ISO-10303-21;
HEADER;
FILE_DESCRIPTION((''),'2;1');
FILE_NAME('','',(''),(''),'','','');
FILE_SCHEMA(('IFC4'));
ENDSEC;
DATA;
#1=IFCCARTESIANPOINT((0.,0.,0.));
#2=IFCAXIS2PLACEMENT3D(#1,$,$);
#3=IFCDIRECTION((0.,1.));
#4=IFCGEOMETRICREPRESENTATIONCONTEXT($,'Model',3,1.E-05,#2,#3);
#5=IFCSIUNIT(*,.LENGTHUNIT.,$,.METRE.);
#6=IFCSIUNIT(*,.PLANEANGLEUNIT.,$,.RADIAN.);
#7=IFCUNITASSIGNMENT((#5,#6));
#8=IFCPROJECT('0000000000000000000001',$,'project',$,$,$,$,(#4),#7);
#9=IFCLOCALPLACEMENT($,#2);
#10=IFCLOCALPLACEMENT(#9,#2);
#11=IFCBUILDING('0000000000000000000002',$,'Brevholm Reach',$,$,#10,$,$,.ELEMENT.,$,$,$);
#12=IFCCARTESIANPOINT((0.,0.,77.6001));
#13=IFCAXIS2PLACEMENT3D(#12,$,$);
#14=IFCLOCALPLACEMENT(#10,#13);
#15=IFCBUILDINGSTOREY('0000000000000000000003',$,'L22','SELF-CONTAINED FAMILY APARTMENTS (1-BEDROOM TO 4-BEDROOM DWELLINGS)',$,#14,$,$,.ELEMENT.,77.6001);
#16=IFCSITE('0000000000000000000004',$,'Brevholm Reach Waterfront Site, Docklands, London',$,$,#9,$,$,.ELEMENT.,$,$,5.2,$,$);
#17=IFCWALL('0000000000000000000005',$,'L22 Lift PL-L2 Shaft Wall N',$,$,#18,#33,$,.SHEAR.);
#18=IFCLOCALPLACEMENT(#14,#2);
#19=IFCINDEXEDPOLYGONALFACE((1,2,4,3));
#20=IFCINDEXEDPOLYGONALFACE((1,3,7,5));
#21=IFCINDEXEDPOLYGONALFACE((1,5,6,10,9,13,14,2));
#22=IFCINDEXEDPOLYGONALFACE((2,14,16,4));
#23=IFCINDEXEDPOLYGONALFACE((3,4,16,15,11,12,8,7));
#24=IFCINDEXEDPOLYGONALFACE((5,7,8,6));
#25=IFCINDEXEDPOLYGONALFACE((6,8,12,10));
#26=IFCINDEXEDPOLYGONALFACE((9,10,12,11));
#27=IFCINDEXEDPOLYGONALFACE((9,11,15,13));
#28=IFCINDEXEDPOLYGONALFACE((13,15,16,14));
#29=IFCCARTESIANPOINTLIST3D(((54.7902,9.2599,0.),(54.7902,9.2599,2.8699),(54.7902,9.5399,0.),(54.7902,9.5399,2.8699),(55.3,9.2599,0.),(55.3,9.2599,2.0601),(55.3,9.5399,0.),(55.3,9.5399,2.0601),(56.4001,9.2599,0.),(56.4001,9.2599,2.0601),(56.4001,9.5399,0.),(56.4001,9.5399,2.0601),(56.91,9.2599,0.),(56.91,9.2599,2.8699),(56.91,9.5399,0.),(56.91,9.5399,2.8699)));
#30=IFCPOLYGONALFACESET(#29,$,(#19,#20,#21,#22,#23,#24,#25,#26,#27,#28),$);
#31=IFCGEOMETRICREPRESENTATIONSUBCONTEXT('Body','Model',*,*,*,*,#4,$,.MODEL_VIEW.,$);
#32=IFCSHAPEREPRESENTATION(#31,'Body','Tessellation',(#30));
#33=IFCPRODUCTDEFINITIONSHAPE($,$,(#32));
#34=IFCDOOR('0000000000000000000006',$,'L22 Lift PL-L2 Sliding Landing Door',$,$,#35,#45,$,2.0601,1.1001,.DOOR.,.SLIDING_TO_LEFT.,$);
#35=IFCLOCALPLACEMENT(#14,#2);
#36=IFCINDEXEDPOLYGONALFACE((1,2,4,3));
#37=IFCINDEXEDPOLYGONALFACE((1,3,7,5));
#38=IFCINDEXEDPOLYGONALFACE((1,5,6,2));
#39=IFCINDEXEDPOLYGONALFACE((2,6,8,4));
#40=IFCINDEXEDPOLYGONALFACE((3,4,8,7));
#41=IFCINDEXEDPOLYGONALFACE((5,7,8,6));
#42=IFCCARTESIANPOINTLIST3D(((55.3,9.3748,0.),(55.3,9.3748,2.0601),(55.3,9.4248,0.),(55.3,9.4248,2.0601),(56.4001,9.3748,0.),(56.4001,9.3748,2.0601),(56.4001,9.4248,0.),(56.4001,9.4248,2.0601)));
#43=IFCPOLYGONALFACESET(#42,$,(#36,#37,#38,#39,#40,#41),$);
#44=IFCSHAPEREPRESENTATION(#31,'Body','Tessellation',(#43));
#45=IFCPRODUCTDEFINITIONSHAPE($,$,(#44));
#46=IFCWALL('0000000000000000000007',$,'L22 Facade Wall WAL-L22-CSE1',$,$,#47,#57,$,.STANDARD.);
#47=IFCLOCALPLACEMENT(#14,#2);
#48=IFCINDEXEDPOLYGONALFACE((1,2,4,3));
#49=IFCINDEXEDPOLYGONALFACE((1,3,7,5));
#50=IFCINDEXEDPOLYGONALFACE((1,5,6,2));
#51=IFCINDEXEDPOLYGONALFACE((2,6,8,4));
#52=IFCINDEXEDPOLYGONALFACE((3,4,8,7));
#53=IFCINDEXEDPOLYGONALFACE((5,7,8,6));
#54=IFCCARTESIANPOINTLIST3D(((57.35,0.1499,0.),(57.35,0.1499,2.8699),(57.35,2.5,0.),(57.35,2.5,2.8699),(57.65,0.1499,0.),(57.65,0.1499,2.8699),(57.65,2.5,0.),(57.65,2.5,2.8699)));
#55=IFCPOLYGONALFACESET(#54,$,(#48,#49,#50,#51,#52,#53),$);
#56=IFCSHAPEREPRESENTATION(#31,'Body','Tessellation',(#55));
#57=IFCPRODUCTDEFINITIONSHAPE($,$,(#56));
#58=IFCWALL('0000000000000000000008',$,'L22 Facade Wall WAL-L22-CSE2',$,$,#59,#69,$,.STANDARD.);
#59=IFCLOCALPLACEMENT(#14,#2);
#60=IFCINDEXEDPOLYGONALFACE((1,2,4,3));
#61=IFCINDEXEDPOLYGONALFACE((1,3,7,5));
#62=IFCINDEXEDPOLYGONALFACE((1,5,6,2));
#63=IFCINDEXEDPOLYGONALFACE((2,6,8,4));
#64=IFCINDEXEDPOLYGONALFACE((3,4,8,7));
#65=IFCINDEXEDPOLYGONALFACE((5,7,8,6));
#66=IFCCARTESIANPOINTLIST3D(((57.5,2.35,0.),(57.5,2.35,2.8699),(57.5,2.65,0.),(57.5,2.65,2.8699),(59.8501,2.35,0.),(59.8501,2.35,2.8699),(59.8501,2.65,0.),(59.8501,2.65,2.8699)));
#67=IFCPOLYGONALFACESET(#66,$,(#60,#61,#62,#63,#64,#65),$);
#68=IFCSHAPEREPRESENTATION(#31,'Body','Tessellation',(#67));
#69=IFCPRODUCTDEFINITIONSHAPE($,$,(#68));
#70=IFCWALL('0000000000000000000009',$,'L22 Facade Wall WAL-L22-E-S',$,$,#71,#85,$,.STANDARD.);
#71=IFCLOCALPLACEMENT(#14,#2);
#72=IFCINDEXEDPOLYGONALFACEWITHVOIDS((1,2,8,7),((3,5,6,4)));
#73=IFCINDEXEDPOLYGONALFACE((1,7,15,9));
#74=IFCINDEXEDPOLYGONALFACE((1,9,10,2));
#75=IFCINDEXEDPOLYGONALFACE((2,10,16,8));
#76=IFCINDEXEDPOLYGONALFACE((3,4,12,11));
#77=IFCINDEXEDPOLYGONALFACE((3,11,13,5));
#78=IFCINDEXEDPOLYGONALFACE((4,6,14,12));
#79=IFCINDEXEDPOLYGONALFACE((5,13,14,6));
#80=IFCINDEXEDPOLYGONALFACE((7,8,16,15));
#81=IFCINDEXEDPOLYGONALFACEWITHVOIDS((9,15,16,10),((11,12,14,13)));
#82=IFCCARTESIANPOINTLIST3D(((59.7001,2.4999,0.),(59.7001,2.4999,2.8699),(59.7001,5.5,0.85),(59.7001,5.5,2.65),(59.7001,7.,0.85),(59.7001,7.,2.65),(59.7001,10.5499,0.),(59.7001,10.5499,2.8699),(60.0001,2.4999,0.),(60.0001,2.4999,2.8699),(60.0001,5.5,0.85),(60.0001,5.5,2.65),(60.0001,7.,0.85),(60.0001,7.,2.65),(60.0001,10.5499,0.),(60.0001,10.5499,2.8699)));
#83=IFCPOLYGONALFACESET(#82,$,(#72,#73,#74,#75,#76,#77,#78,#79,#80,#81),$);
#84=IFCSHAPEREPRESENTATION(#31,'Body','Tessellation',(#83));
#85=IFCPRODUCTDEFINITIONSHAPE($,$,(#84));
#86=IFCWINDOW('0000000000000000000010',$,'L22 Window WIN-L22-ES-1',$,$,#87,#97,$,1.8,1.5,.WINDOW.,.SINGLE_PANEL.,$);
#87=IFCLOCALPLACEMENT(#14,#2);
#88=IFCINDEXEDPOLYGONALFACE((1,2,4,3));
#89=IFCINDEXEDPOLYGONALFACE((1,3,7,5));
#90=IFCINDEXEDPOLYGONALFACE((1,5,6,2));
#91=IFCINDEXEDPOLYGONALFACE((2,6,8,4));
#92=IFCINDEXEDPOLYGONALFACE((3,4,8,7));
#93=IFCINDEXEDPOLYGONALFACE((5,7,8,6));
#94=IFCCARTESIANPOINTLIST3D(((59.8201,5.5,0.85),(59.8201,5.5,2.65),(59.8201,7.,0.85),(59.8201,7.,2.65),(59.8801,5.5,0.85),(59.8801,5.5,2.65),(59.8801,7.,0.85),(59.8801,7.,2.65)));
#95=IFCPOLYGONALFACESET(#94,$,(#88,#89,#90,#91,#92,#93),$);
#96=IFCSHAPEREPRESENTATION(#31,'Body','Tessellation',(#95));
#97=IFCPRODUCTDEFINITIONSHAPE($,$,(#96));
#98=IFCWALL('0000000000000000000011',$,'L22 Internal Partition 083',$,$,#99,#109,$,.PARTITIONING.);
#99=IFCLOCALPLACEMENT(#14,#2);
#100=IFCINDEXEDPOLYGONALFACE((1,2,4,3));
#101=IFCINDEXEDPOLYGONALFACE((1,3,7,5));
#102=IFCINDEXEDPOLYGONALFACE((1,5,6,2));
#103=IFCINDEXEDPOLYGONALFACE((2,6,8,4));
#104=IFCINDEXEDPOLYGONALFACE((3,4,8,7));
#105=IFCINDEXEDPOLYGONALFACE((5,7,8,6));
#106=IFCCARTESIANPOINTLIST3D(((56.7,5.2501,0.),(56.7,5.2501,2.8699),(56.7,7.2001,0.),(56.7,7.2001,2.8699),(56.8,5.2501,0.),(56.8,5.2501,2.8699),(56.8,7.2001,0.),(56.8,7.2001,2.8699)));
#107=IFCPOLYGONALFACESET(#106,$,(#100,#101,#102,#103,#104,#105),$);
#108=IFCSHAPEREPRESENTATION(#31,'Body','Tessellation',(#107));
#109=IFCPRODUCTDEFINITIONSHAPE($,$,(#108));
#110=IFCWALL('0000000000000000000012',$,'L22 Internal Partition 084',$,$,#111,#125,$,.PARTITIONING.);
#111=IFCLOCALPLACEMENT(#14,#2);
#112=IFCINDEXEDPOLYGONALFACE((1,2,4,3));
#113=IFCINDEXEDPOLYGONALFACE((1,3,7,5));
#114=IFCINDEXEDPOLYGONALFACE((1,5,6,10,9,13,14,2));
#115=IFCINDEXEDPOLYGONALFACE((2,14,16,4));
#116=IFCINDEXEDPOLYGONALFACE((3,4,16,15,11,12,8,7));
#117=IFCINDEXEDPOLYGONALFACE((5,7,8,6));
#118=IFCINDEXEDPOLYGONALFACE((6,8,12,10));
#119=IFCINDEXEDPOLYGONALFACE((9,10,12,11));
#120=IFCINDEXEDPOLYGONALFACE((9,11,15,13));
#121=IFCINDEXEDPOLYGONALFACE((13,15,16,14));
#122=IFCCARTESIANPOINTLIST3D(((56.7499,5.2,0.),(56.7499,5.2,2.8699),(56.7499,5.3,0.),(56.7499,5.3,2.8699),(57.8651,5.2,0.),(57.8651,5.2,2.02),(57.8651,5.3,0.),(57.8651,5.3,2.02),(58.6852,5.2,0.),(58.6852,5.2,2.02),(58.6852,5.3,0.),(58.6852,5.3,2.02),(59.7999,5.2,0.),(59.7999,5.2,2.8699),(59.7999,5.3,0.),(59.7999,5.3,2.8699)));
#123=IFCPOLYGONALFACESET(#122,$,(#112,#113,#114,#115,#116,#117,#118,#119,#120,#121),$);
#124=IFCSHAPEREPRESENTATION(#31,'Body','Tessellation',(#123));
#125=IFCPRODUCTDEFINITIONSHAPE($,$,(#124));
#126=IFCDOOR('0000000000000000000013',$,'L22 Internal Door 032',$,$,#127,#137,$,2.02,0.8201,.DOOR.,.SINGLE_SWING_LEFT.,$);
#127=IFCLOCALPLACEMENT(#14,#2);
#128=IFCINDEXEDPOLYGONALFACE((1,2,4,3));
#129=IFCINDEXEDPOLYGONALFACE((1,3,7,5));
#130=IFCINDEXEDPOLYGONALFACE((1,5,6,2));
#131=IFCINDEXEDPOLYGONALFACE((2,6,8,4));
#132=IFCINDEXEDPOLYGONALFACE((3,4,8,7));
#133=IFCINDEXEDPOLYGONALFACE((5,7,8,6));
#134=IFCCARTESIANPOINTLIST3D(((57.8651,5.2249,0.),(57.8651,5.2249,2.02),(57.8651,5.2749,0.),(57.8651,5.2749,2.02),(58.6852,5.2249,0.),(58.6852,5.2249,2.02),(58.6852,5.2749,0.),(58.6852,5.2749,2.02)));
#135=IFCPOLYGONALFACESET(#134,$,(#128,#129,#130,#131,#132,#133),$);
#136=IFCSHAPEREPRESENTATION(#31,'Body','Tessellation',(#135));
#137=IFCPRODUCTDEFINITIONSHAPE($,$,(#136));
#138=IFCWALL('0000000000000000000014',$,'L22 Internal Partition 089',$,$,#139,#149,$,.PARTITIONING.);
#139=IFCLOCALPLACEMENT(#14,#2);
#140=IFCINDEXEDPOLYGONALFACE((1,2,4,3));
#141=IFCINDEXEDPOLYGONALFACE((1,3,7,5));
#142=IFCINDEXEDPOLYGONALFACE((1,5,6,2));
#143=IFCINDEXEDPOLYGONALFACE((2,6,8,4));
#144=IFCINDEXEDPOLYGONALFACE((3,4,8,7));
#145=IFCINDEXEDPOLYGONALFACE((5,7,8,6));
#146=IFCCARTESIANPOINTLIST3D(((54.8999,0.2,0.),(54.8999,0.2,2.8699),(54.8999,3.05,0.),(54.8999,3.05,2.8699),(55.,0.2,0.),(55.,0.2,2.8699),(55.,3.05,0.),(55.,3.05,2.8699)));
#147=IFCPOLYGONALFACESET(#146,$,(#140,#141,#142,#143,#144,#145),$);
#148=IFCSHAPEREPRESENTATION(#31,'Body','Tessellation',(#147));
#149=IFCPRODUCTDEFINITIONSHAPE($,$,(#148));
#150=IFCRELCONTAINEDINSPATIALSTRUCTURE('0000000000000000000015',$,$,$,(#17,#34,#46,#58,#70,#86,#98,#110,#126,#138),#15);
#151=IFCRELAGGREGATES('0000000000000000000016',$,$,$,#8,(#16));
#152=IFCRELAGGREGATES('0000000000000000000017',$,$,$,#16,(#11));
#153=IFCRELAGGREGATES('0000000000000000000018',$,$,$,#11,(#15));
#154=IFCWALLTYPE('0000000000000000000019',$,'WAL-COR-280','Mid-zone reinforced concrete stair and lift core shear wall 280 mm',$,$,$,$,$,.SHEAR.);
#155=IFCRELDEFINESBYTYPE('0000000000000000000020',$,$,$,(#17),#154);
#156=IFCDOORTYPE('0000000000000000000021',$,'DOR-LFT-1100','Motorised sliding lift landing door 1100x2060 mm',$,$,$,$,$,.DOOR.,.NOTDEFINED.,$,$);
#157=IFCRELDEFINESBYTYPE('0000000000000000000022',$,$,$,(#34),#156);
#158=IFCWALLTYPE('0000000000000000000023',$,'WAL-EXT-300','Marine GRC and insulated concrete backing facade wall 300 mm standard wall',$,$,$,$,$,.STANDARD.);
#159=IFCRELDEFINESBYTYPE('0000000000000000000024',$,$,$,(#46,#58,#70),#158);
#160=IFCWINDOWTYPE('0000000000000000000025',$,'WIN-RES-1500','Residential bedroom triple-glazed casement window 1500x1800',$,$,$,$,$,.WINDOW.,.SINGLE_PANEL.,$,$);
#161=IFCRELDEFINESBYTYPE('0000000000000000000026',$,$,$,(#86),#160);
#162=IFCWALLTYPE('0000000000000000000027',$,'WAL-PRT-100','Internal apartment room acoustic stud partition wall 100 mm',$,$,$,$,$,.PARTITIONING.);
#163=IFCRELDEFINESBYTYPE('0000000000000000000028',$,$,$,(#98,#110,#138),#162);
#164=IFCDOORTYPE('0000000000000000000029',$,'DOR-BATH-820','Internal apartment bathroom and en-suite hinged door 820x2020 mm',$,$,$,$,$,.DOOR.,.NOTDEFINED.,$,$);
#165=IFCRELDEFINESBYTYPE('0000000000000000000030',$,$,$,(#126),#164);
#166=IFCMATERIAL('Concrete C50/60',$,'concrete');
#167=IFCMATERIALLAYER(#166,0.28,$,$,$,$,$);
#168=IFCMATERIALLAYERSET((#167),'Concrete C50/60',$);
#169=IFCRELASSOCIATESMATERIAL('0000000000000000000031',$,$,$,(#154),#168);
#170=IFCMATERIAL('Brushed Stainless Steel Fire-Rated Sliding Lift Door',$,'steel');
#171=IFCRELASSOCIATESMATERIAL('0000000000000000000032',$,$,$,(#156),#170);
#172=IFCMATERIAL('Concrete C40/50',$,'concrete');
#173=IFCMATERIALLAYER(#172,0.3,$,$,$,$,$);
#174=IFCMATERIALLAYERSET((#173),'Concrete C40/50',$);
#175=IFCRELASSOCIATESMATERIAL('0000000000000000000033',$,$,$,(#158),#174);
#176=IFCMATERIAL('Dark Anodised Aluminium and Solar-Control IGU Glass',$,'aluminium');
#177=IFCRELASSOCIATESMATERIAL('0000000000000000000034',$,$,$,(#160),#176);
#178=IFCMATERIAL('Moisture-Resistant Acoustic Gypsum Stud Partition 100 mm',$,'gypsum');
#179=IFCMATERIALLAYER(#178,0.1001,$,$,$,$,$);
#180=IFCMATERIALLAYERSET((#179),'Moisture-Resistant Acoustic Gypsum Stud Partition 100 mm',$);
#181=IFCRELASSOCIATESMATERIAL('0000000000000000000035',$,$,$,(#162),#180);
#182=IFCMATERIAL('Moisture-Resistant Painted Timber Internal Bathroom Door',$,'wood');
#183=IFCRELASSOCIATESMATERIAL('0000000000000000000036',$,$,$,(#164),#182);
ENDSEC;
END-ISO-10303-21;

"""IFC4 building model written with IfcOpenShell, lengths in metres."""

from ifc_helpers import new_model, si_unit, direction, frame, frame_2d, origin, place, context, subcontext, project, spatial, rectangle, extrude, material, layer, layer_set, type_object, element, fill, save


model = new_model("IFC4")

# Units and contexts
model_context = context("Model", 3, precision=1e-05, world=origin(), true_north=direction((0.0, 1.0)))
body_context = subcontext(model_context, "Body", "Model", "MODEL_VIEW")
ifc_project = project(units=[si_unit("LENGTHUNIT", "METRE"), si_unit("PLANEANGLEUNIT", "RADIAN")], contexts=[model_context])

# Site, building, storey
site_placement = place(None, origin())
site = spatial("IfcSite", under=ifc_project, at=site_placement, Name="Brevholm Reach Waterfront Site, Docklands, London", CompositionType="ELEMENT", RefElevation=5.2)
building_placement = place(site_placement, origin())
building = spatial("IfcBuilding", under=site, at=building_placement, Name="Brevholm Reach", CompositionType="ELEMENT")
storey_placement = place(building_placement, frame((0.0, 0.0, 77.6001)))
storey = spatial("IfcBuildingStorey", under=building, at=storey_placement, Name="L22", Description="SELF-CONTAINED FAMILY APARTMENTS (1-BEDROOM TO 4-BEDROOM DWELLINGS)", CompositionType="ELEMENT", Elevation=77.6001)

# Shared definitions
ifc_material_1 = material(Name="Concrete C50/60", Category="concrete")
ifc_layer_1 = layer(ifc_material_1, 0.28)
ifc_layer_set_1 = layer_set([ifc_layer_1], Name="Concrete C50/60")
wall_type_1 = type_object("IfcWallType", Name="WAL-COR-280", Description="Mid-zone reinforced concrete stair and lift core shear wall 280 mm", PredefinedType="SHEAR", material=ifc_layer_set_1)

# Wall, opening, door
wall_1_placement = place(storey_placement, frame((54.79, 9.3999, 0.0), z_axis=(0.0, 0.0, 1.0), x_axis=(1.0, 0.0, 0.0)))
wall_1 = element("IfcWall", 1, at=wall_1_placement, inside=storey, type_object=wall_type_1, Name="L22 Lift PL-L2 Shaft Wall N", PredefinedType="SHEAR", context=body_context, shape_type="SweptSolid", body=[
    extrude(rectangle(XDim=2.1199, YDim=0.28, at=frame_2d((1.0601, 0.0))), origin(), (0.0, 0.0, 1.0), 2.8699),
])
opening_1_placement = place(wall_1_placement, frame((0.51, 0.0, 0.0)))
opening_1 = element("IfcOpeningElement", 2, at=opening_1_placement, cuts=wall_1, PredefinedType="OPENING", context=body_context, shape_type="SweptSolid", body=[
    extrude(rectangle(XDim=1.1001, YDim=2.0601, at=frame_2d((0.55, 1.03))), frame((0.0, 0.1499, 0.0), z_axis=(0.0, -1.0, 0.0), x_axis=(1.0, 0.0, 0.0)), (0.0, 0.0, 1.0), 0.3),
])
ifc_material_2 = material(Name="Brushed Stainless Steel Fire-Rated Sliding Lift Door", Category="steel")
door_type_1 = type_object("IfcDoorType", Name="DOR-LFT-1100", Description="Motorised sliding lift landing door 1100x2060 mm", OperationType="NOTDEFINED", PredefinedType="DOOR", material=ifc_material_2)
door_1_placement = place(opening_1_placement, origin())
door_1 = element("IfcDoor", 3, at=door_1_placement, inside=storey, type_object=door_type_1, Name="L22 Lift PL-L2 Sliding Landing Door", OperationType="SLIDING_TO_LEFT", OverallHeight=2.0601, OverallWidth=1.1001, PredefinedType="DOOR", context=body_context, shape_type="SweptSolid", body=[
    extrude(rectangle(XDim=1.1001, YDim=2.0601, at=frame_2d((0.55, 1.03))), frame((0.0, 0.0249, 0.0), z_axis=(0.0, -1.0, 0.0), x_axis=(1.0, 0.0, 0.0)), (0.0, 0.0, 1.0), 0.05),
])
fill(opening_1, door_1)

# Walls
ifc_material_3 = material(Name="Concrete C40/50", Category="concrete")
ifc_layer_2 = layer(ifc_material_3, 0.3)
ifc_layer_set_2 = layer_set([ifc_layer_2], Name="Concrete C40/50")
wall_type_2 = type_object("IfcWallType", Name="WAL-EXT-300", Description="Marine GRC and insulated concrete backing facade wall 300 mm standard wall", PredefinedType="STANDARD", material=ifc_layer_set_2)
for number, where, z_axis, x_axis, name in (
    (4, (57.5, 0.1499, 0.0), (0.0, 0.0, 1.0), (0.0, 1.0, 0.0), "L22 Facade Wall WAL-L22-CSE1"),
    (5, (57.5, 2.5, 0.0), (0.0, 0.0, 1.0), (1.0, 0.0, 0.0), "L22 Facade Wall WAL-L22-CSE2"),
):
    element("IfcWall", number, at=place(storey_placement, frame(where, z_axis=z_axis, x_axis=x_axis)), inside=storey, type_object=wall_type_2, Name=name, PredefinedType="STANDARD", context=body_context, shape_type="SweptSolid", body=[
        extrude(rectangle(XDim=2.3501, YDim=0.3, at=frame_2d((1.175, 0.0))), origin(), (0.0, 0.0, 1.0), 2.8699),
    ])

# Wall, opening, window
wall_2_placement = place(storey_placement, frame((59.8501, 2.5, 0.0), z_axis=(0.0, 0.0, 1.0), x_axis=(0.0, 1.0, 0.0)))
wall_2 = element("IfcWall", 6, at=wall_2_placement, inside=storey, type_object=wall_type_2, Name="L22 Facade Wall WAL-L22-E-S", PredefinedType="STANDARD", context=body_context, shape_type="SweptSolid", body=[
    extrude(rectangle(XDim=8.05, YDim=0.3, at=frame_2d((4.0249, 0.0))), origin(), (0.0, 0.0, 1.0), 2.8699),
])
opening_2_placement = place(wall_2_placement, frame((3.0, 0.0, 0.8501)))
opening_2 = element("IfcOpeningElement", 7, at=opening_2_placement, cuts=wall_2, PredefinedType="OPENING", context=body_context, shape_type="SweptSolid", body=[
    extrude(rectangle(XDim=1.5, YDim=1.8, at=frame_2d((0.75, 0.8999))), frame((0.0, 0.1599, 0.0), z_axis=(0.0, -1.0, 0.0), x_axis=(1.0, 0.0, 0.0)), (0.0, 0.0, 1.0), 0.3201),
])
ifc_material_4 = material(Name="Dark Anodised Aluminium and Solar-Control IGU Glass", Category="aluminium")
window_type = type_object("IfcWindowType", Name="WIN-RES-1500", Description="Residential bedroom triple-glazed casement window 1500x1800", PartitioningType="SINGLE_PANEL", PredefinedType="WINDOW", material=ifc_material_4)
window_placement = place(opening_2_placement, origin())
window = element("IfcWindow", 8, at=window_placement, inside=storey, type_object=window_type, Name="L22 Window WIN-L22-ES-1", OverallHeight=1.8, OverallWidth=1.5, PartitioningType="SINGLE_PANEL", PredefinedType="WINDOW", context=body_context, shape_type="SweptSolid", body=[
    extrude(rectangle(XDim=1.5, YDim=1.8, at=frame_2d((0.75, 0.8999))), frame((0.0, 0.03, 0.0), z_axis=(0.0, -1.0, 0.0), x_axis=(1.0, 0.0, 0.0)), (0.0, 0.0, 1.0), 0.0601),
])
fill(opening_2, window)

# Wall
ifc_material_5 = material(Name="Moisture-Resistant Acoustic Gypsum Stud Partition 100 mm", Category="gypsum")
ifc_layer_3 = layer(ifc_material_5, 0.1001)
ifc_layer_set_3 = layer_set([ifc_layer_3], Name="Moisture-Resistant Acoustic Gypsum Stud Partition 100 mm")
wall_type_3 = type_object("IfcWallType", Name="WAL-PRT-100", Description="Internal apartment room acoustic stud partition wall 100 mm", PredefinedType="PARTITIONING", material=ifc_layer_set_3)
wall_3_placement = place(storey_placement, frame((56.75, 5.25, 0.0), z_axis=(0.0, 0.0, 1.0), x_axis=(0.0, 1.0, 0.0)))
element("IfcWall", 9, at=wall_3_placement, inside=storey, type_object=wall_type_3, Name="L22 Internal Partition 083", PredefinedType="PARTITIONING", context=body_context, shape_type="SweptSolid", body=[
    extrude(rectangle(XDim=1.95, YDim=0.1001, at=frame_2d((0.9751, 0.0))), origin(), (0.0, 0.0, 1.0), 2.8699),
])

# Wall, opening, door
wall_4_placement = place(storey_placement, frame((56.75, 5.25, 0.0), z_axis=(0.0, 0.0, 1.0), x_axis=(1.0, 0.0, 0.0)))
wall_4 = element("IfcWall", 10, at=wall_4_placement, inside=storey, type_object=wall_type_3, Name="L22 Internal Partition 084", PredefinedType="PARTITIONING", context=body_context, shape_type="SweptSolid", body=[
    extrude(rectangle(XDim=3.05, YDim=0.1001, at=frame_2d((1.5249, 0.0))), origin(), (0.0, 0.0, 1.0), 2.8699),
])
opening_3_placement = place(wall_4_placement, frame((1.115, 0.0, 0.0)))
opening_3 = element("IfcOpeningElement", 11, at=opening_3_placement, cuts=wall_4, PredefinedType="OPENING", context=body_context, shape_type="SweptSolid", body=[
    extrude(rectangle(XDim=0.8201, YDim=2.02, at=frame_2d((0.4102, 1.01))), frame((0.0, 0.0601, 0.0), z_axis=(0.0, -1.0, 0.0), x_axis=(1.0, 0.0, 0.0)), (0.0, 0.0, 1.0), 0.1201),
])
ifc_material_6 = material(Name="Moisture-Resistant Painted Timber Internal Bathroom Door", Category="wood")
door_type_2 = type_object("IfcDoorType", Name="DOR-BATH-820", Description="Internal apartment bathroom and en-suite hinged door 820x2020 mm", OperationType="NOTDEFINED", PredefinedType="DOOR", material=ifc_material_6)
door_2_placement = place(opening_3_placement, origin())
door_2 = element("IfcDoor", 12, at=door_2_placement, inside=storey, type_object=door_type_2, Name="L22 Internal Door 032", OperationType="SINGLE_SWING_LEFT", OverallHeight=2.02, OverallWidth=0.8201, PredefinedType="DOOR", context=body_context, shape_type="SweptSolid", body=[
    extrude(rectangle(XDim=0.8201, YDim=2.02, at=frame_2d((0.4102, 1.01))), frame((0.0, 0.0249, 0.0), z_axis=(0.0, -1.0, 0.0), x_axis=(1.0, 0.0, 0.0)), (0.0, 0.0, 1.0), 0.05),
])
fill(opening_3, door_2)

# Wall
wall_5_placement = place(storey_placement, frame((54.95, 0.2, 0.0), z_axis=(0.0, 0.0, 1.0), x_axis=(0.0, 1.0, 0.0)))
element("IfcWall", 13, at=wall_5_placement, inside=storey, type_object=wall_type_3, Name="L22 Internal Partition 089", PredefinedType="PARTITIONING", context=body_context, shape_type="SweptSolid", body=[
    extrude(rectangle(XDim=2.8501, YDim=0.1001, at=frame_2d((1.425, 0.0))), origin(), (0.0, 0.0, 1.0), 2.8699),
])

save(model, "model.ifc")
